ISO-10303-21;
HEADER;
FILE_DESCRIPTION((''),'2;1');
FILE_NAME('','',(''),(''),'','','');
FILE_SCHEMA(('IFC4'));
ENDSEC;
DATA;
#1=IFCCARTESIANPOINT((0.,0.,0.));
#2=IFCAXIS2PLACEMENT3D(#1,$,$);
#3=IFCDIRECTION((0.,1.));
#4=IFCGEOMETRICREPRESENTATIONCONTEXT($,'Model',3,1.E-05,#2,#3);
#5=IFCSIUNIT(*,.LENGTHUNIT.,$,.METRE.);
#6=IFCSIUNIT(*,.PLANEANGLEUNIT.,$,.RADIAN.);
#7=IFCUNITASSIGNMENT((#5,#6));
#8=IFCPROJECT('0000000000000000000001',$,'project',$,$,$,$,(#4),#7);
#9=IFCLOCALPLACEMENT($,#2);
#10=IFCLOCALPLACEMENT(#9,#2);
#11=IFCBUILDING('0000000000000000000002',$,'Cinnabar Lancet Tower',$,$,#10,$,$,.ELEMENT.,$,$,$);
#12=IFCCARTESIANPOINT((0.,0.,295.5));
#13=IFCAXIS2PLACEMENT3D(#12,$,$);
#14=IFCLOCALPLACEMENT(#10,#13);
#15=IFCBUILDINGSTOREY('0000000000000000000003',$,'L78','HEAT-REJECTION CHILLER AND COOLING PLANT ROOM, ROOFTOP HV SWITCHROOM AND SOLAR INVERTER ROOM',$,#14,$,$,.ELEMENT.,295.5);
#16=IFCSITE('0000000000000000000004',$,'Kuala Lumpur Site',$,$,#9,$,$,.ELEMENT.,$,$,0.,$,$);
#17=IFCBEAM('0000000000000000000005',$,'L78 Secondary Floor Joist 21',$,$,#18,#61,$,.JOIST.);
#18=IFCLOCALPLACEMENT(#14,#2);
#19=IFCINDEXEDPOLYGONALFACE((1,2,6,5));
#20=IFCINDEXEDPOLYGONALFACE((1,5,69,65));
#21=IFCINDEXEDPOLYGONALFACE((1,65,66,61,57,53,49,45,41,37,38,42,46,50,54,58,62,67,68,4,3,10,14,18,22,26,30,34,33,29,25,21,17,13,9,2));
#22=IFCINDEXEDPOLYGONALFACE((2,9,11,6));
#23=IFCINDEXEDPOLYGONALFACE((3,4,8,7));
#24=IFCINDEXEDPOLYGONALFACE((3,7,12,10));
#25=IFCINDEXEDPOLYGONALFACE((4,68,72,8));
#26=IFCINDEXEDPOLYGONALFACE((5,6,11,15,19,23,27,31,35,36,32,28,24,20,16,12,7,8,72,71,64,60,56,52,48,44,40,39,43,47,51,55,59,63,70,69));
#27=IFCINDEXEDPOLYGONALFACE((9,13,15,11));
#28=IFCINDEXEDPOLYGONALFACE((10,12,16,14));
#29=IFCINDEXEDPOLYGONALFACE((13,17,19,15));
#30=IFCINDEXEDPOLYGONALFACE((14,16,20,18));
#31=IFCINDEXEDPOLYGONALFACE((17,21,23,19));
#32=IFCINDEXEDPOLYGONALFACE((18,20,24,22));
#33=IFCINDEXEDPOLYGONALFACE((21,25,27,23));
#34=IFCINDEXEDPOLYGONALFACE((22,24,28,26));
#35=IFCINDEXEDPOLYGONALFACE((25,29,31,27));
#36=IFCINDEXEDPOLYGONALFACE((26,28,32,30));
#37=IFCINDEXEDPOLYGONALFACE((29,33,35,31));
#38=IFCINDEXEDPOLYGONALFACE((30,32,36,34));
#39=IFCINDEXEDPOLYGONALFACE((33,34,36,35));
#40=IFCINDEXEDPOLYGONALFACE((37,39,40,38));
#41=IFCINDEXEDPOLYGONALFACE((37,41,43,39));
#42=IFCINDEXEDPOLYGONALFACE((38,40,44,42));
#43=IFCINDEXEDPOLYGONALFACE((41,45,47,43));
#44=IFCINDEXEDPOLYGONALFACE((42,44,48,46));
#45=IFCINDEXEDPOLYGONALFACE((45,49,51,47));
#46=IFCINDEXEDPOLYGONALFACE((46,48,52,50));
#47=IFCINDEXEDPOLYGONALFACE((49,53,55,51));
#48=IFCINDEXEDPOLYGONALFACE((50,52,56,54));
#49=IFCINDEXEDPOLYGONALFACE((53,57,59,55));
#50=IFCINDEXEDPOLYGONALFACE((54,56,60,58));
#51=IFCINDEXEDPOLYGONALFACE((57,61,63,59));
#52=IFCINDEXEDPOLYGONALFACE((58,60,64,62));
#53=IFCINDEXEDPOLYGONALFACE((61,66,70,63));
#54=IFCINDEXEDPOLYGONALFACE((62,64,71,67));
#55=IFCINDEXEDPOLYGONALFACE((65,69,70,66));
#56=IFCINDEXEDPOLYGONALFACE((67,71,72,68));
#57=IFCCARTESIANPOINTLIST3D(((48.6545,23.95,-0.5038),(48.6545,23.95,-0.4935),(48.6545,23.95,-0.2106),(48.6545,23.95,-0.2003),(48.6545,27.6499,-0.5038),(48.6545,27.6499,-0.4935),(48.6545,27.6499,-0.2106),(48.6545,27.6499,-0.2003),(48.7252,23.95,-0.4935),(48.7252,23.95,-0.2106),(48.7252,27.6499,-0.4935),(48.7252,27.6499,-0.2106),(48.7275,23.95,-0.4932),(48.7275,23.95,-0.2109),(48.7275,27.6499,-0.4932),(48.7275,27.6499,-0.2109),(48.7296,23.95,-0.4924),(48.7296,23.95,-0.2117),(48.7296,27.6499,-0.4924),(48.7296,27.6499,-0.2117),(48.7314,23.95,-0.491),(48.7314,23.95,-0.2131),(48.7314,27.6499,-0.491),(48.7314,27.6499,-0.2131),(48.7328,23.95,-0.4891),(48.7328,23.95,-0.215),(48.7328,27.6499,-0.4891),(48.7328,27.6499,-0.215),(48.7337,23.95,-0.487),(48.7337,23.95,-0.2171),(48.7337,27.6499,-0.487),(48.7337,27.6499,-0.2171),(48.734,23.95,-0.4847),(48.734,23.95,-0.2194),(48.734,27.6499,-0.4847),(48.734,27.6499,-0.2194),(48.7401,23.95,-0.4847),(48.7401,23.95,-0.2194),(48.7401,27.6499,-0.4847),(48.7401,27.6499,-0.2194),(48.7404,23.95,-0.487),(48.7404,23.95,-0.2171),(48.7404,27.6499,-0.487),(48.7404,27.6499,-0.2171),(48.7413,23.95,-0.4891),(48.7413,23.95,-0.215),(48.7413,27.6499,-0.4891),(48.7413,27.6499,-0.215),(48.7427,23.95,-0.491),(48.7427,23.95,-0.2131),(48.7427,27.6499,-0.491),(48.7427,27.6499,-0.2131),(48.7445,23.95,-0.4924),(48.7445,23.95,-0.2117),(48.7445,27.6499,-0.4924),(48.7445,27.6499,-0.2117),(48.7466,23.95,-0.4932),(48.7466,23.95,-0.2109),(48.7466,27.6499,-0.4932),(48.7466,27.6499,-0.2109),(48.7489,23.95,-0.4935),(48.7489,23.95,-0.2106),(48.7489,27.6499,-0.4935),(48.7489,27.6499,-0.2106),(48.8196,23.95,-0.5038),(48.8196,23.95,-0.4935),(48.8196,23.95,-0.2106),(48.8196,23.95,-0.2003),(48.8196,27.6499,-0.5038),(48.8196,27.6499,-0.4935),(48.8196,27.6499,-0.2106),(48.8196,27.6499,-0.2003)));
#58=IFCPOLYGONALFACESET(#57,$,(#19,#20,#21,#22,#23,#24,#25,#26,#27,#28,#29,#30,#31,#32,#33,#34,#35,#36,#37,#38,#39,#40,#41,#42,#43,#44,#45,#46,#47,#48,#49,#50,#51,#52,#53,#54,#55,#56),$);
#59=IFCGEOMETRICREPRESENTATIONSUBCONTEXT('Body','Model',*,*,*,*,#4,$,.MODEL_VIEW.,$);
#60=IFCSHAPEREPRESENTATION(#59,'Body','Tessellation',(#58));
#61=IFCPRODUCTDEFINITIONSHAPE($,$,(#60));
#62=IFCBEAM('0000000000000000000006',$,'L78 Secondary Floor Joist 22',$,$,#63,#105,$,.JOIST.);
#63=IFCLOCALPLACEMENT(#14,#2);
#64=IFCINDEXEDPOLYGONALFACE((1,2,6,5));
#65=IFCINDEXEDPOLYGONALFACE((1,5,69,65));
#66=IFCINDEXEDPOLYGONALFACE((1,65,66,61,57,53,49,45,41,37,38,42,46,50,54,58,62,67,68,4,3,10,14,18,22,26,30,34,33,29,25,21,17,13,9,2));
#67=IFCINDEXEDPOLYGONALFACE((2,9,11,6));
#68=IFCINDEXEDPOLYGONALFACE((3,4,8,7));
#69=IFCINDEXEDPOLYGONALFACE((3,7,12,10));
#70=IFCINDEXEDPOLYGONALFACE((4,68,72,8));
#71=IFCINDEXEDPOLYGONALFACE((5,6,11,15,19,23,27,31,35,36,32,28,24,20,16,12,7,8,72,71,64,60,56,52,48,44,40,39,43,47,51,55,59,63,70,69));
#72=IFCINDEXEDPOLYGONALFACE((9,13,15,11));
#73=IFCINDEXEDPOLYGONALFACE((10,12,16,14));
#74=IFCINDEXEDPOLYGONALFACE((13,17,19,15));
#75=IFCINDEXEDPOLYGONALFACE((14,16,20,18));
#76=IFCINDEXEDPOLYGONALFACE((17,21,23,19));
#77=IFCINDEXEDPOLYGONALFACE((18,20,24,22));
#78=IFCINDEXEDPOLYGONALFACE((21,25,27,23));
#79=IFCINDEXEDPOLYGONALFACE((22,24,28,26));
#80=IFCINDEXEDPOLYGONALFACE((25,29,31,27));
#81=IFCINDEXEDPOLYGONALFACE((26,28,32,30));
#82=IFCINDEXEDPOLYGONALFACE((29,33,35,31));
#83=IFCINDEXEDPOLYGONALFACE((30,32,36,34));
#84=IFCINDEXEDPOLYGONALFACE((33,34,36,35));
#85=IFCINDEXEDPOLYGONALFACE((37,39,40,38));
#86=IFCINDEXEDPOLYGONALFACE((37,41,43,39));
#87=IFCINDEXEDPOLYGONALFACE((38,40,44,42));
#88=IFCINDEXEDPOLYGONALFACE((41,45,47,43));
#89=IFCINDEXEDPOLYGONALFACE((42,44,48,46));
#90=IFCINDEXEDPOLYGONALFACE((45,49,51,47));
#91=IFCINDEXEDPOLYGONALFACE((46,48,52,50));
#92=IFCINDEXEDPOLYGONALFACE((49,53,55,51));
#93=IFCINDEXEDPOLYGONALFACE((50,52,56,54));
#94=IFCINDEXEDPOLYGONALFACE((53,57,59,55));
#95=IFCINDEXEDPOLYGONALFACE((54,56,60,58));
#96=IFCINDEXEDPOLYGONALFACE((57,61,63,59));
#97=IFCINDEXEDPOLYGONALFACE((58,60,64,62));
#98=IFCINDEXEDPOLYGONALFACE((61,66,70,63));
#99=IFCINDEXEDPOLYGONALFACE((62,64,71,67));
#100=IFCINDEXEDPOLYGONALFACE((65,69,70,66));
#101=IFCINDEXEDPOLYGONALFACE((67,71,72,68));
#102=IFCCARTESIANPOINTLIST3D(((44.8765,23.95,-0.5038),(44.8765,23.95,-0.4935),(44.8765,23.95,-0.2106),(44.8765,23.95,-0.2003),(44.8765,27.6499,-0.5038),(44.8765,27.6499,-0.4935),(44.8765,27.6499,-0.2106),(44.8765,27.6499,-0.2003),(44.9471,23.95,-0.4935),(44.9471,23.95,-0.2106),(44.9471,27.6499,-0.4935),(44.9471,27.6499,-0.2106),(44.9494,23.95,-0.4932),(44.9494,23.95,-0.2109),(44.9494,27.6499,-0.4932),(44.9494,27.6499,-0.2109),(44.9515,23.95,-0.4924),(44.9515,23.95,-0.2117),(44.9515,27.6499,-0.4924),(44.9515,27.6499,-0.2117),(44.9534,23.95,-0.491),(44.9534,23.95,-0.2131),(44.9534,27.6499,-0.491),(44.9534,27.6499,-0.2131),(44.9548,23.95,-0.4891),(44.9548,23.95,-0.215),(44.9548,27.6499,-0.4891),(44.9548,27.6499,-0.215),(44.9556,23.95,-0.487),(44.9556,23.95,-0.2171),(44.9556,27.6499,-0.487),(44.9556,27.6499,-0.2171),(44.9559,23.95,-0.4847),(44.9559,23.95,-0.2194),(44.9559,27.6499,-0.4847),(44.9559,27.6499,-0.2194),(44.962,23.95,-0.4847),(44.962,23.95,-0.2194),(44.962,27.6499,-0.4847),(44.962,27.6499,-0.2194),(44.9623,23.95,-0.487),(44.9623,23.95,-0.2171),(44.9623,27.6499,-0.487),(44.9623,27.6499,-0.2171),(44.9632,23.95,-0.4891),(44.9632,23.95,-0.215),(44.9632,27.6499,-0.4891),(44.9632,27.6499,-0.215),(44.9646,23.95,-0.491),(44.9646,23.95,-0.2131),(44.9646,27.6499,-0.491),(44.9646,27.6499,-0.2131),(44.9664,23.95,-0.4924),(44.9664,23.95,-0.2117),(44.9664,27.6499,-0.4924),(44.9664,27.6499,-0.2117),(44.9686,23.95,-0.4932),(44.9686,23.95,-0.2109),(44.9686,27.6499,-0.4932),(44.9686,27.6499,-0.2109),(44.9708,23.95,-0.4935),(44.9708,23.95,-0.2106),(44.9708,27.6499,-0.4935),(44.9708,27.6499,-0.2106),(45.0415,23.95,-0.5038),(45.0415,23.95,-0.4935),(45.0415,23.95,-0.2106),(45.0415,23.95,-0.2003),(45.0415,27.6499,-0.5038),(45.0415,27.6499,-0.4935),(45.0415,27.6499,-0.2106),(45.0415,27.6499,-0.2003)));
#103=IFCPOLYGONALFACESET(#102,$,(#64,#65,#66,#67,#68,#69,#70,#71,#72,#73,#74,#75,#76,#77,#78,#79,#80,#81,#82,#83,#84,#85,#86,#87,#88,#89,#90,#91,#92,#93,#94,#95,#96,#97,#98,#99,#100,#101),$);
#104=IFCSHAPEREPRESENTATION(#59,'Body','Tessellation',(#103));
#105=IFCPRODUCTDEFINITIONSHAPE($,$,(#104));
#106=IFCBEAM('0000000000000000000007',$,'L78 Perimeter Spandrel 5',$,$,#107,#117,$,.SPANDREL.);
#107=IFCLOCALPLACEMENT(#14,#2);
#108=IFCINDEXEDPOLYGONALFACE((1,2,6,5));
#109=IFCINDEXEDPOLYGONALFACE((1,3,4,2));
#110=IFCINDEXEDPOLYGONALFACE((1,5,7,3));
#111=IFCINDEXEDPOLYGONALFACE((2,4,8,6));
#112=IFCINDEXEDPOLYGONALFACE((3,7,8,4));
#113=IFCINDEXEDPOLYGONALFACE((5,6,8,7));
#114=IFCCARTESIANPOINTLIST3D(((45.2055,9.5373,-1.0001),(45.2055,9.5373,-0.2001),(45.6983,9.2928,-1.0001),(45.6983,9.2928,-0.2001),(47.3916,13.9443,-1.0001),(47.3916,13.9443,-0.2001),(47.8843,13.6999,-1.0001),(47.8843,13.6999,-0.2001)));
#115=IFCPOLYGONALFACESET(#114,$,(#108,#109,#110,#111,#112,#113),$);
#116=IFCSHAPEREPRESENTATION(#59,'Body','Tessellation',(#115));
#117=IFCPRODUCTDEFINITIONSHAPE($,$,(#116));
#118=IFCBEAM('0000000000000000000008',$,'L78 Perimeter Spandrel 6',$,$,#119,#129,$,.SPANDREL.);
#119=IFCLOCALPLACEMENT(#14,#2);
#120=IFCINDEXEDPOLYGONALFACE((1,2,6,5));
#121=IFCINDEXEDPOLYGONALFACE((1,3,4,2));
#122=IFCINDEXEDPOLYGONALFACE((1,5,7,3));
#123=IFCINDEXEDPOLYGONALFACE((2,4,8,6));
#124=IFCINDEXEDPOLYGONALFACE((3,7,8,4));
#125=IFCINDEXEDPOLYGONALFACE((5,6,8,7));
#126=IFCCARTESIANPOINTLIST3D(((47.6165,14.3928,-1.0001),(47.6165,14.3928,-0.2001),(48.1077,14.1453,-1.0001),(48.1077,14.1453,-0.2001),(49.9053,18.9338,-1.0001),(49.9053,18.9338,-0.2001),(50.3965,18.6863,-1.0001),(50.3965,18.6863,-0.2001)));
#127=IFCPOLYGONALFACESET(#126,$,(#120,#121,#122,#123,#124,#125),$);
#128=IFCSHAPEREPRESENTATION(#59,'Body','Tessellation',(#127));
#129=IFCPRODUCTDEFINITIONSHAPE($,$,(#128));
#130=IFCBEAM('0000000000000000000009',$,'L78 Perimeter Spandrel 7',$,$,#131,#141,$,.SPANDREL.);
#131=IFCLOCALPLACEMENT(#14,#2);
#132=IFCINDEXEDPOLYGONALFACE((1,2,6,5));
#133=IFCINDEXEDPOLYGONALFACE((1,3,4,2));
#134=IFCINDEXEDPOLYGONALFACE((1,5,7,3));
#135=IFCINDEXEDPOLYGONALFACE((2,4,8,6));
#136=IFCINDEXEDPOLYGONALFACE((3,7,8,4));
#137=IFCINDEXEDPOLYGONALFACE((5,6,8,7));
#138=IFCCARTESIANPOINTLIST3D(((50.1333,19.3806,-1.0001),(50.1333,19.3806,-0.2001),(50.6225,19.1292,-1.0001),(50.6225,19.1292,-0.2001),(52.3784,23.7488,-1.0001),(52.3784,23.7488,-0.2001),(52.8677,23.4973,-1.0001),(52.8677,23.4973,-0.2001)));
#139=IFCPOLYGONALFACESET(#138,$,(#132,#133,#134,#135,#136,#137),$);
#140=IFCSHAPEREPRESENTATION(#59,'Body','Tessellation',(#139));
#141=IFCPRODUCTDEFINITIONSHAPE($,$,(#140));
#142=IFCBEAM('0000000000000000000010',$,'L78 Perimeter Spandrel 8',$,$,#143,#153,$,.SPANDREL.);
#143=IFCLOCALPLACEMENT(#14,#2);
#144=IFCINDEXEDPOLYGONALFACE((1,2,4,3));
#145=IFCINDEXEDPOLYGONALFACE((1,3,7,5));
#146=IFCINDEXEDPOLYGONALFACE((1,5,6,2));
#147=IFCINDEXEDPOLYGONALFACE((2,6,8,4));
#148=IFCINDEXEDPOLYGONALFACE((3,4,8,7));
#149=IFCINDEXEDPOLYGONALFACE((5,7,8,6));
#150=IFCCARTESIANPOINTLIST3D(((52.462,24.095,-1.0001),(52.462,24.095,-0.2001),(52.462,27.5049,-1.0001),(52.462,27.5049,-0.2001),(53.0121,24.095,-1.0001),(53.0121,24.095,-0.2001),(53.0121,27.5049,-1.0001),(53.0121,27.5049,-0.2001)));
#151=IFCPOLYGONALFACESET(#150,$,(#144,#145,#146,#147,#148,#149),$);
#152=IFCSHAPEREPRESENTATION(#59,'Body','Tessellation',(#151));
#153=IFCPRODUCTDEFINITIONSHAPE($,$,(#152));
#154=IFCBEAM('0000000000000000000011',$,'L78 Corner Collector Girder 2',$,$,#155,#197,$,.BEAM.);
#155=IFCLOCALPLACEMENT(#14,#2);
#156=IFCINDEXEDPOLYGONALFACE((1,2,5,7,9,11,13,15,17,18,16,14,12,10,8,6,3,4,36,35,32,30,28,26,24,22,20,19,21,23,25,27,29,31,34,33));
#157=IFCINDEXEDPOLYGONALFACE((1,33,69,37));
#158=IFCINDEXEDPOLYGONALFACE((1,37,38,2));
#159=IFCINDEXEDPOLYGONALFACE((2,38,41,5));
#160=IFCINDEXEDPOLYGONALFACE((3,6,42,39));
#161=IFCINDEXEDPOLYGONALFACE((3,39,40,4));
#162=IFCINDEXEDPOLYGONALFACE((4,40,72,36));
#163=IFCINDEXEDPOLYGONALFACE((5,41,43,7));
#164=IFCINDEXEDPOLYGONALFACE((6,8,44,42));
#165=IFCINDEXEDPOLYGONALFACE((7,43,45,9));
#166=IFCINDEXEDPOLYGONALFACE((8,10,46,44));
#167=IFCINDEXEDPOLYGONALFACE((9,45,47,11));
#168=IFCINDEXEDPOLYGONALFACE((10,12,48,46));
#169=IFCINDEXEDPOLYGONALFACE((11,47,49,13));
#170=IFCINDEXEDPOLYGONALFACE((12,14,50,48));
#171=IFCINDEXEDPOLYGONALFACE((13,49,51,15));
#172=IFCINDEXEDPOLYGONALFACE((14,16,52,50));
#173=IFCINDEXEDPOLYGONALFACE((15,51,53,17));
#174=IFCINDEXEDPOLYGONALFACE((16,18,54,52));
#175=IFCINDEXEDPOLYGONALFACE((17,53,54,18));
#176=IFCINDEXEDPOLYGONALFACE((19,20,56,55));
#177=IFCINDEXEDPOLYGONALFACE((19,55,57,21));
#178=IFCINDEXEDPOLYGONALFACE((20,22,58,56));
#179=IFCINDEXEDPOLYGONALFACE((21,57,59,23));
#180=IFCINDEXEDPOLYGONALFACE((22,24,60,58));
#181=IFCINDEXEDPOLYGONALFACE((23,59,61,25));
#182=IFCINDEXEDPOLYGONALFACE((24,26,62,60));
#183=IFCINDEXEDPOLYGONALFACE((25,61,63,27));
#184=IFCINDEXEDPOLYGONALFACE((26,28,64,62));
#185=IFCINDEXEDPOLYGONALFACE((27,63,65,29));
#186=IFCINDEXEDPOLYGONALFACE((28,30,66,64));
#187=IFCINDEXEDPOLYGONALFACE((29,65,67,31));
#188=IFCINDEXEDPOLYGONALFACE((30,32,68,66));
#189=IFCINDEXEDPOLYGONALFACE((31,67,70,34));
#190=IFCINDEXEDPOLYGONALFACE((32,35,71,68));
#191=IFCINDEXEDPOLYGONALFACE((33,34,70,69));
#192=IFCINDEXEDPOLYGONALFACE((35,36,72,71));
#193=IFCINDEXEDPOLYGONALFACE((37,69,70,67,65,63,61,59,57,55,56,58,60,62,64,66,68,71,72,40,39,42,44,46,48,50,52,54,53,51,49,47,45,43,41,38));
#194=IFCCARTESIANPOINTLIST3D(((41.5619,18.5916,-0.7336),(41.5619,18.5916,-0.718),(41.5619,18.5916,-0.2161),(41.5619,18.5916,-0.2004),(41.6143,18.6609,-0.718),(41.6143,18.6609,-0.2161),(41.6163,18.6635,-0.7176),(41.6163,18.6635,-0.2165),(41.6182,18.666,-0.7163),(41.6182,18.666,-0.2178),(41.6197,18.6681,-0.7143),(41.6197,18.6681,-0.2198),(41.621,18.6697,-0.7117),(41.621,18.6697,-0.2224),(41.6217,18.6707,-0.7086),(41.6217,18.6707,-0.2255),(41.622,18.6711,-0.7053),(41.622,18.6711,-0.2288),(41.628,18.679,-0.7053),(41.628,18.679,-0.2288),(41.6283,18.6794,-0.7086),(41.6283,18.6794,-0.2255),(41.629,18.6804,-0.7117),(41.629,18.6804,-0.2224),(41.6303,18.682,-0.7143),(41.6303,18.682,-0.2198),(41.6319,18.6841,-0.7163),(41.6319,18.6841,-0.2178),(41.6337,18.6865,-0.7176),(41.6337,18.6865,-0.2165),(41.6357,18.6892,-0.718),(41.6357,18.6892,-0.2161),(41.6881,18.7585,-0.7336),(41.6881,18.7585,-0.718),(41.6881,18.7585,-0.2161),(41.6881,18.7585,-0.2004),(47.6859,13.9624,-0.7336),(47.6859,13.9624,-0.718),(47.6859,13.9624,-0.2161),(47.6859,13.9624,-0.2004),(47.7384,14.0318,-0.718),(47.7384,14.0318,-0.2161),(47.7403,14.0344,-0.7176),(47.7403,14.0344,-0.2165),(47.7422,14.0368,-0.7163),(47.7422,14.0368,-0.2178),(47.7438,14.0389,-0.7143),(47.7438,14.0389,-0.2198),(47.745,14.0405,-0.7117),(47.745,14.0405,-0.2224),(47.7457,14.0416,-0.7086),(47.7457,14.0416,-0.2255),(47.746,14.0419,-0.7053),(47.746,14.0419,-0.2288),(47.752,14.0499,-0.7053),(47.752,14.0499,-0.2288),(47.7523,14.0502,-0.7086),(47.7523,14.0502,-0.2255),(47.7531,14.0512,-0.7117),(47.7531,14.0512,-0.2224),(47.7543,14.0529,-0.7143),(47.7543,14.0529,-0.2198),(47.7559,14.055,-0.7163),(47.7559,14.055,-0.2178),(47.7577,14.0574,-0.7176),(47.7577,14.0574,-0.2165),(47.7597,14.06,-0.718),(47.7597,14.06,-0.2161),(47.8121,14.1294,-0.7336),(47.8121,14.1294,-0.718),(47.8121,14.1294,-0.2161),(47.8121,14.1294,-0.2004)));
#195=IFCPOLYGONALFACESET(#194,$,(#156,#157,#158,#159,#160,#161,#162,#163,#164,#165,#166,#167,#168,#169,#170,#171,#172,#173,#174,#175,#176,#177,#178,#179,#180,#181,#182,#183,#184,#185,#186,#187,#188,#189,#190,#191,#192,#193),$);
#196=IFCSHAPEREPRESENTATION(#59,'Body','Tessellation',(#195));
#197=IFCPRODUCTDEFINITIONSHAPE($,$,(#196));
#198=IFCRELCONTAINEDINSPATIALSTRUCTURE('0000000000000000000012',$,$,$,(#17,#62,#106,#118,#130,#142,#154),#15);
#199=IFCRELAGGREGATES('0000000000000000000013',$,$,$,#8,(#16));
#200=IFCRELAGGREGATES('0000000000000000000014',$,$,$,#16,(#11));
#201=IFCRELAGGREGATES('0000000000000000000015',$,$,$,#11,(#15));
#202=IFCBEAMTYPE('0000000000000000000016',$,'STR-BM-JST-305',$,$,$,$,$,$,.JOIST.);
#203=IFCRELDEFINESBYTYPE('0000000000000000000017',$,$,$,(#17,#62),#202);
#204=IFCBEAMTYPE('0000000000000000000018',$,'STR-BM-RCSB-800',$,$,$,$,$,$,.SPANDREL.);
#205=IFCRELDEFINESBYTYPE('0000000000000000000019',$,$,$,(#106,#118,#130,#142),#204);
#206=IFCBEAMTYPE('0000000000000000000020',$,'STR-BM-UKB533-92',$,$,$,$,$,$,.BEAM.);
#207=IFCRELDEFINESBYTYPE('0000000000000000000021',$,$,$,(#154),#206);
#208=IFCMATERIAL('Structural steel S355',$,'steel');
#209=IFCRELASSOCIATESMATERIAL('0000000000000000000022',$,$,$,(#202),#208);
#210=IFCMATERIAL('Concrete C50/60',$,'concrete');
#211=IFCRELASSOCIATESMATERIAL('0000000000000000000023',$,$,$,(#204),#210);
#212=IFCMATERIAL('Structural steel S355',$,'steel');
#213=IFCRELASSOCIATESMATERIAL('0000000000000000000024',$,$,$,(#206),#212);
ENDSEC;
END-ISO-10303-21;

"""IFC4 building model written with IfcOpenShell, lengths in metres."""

from ifc_helpers import new_model, si_unit, direction, frame, origin, origin_2d, place, context, subcontext, project, spatial, rectangle, i_section, extrude, material, material_profile, profile_set, type_object, element, save


model = new_model("IFC4")

# Units and contexts
model_context = context("Model", 3, precision=1e-05, world=origin(), true_north=direction((0.0, 1.0)))
body_context = subcontext(model_context, "Body", "Model", "MODEL_VIEW")
ifc_project = project(units=[si_unit("LENGTHUNIT", "METRE"), si_unit("PLANEANGLEUNIT", "RADIAN")], contexts=[model_context])

# Site, building, storey
site_placement = place(None, origin())
site = spatial("IfcSite", under=ifc_project, at=site_placement, Name="Kuala Lumpur Site", CompositionType="ELEMENT", RefElevation=0.0)
building_placement = place(site_placement, origin())
building = spatial("IfcBuilding", under=site, at=building_placement, Name="Cinnabar Lancet Tower", CompositionType="ELEMENT")
storey_placement = place(building_placement, frame((0.0, 0.0, 295.5)))
storey = spatial("IfcBuildingStorey", under=building, at=storey_placement, Name="L78", Description="HEAT-REJECTION CHILLER AND COOLING PLANT ROOM, ROOFTOP HV SWITCHROOM AND SOLAR INVERTER ROOM", CompositionType="ELEMENT", Elevation=295.5)

# Beams
ifc_material_1 = material(Name="Structural steel S355", Category="steel")
ifc_material_profile_1 = material_profile(ifc_material_1, i_section(OverallWidth=0.165, OverallDepth=0.3035, WebThickness=0.0061, FlangeThickness=0.0103, FilletRadius=0.0088, at=origin_2d()), Name="UKB 305x165x40")
ifc_profile_set_1 = profile_set([ifc_material_profile_1], Name="Structural steel S355")
beam_type_1 = type_object("IfcBeamType", Name="STR-BM-JST-305", PredefinedType="JOIST", material=ifc_profile_set_1)
for number, where, z_axis, x_axis, name in (
    (1, (48.7371, 23.95, -0.3521), (0.0, 1.0, 0.0), (-1.0, 0.0, 0.0), "L78 Secondary Floor Joist 21"),
    (2, (44.959, 23.95, -0.3521), (0.0, 1.0, 0.0), (-1.0, 0.0, 0.0), "L78 Secondary Floor Joist 22"),
):
    element("IfcBeam", number, at=place(storey_placement, frame(where, z_axis=z_axis, x_axis=x_axis)), inside=storey, type_object=beam_type_1, Name=name, PredefinedType="JOIST", context=body_context, shape_type="SweptSolid", body=[
        extrude(i_section(OverallWidth=0.165, OverallDepth=0.3035, WebThickness=0.0061, FlangeThickness=0.0103, FilletRadius=0.0088, at=origin_2d()), origin(), (0.0, 0.0, 1.0), 3.7),
    ])
ifc_material_2 = material(Name="Concrete C50/60", Category="concrete")
ifc_material_profile_2 = material_profile(ifc_material_2, rectangle(XDim=0.55, YDim=0.8, at=origin_2d()), Name="RC-SB 550x800")
ifc_profile_set_2 = profile_set([ifc_material_profile_2], Name="Concrete C50/60")
beam_type_2 = type_object("IfcBeamType", Name="STR-BM-RCSB-800", PredefinedType="SPANDREL", material=ifc_profile_set_2)
beam_1_placement = place(storey_placement, frame((45.4519, 9.415, -0.6001), z_axis=(0.444373, 0.895842, 0.0), x_axis=(-0.895842, 0.444373, 0.0)))
element("IfcBeam", 3, at=beam_1_placement, inside=storey, type_object=beam_type_2, Name="L78 Perimeter Spandrel 5", PredefinedType="SPANDREL", context=body_context, shape_type="SweptSolid", body=[
    extrude(rectangle(XDim=0.55, YDim=0.8, at=origin_2d()), origin(), (0.0, 0.0, 1.0), 4.9194),
])
beam_2_placement = place(storey_placement, frame((47.8621, 14.269, -0.6001), z_axis=(0.450092, 0.892982, 0.0), x_axis=(-0.892982, 0.450092, 0.0)))
element("IfcBeam", 4, at=beam_2_placement, inside=storey, type_object=beam_type_2, Name="L78 Perimeter Spandrel 6", PredefinedType="SPANDREL", context=body_context, shape_type="SweptSolid", body=[
    extrude(rectangle(XDim=0.55, YDim=0.8, at=origin_2d()), origin(), (0.0, 0.0, 1.0), 5.0852),
])
beam_3_placement = place(storey_placement, frame((50.3779, 19.2549, -0.6001), z_axis=(0.457128, 0.889401, 0.0), x_axis=(-0.889401, 0.457128, 0.0)))
element("IfcBeam", 5, at=beam_3_placement, inside=storey, type_object=beam_type_2, Name="L78 Perimeter Spandrel 7", PredefinedType="SPANDREL", context=body_context, shape_type="SweptSolid", body=[
    extrude(rectangle(XDim=0.55, YDim=0.8, at=origin_2d()), origin(), (0.0, 0.0, 1.0), 4.9114),
])
beam_4_placement = place(storey_placement, frame((52.7371, 24.095, -0.6001), z_axis=(0.0, 1.0, 0.0), x_axis=(-1.0, 0.0, 0.0)))
element("IfcBeam", 6, at=beam_4_placement, inside=storey, type_object=beam_type_2, Name="L78 Perimeter Spandrel 8", PredefinedType="SPANDREL", context=body_context, shape_type="SweptSolid", body=[
    extrude(rectangle(XDim=0.55, YDim=0.8, at=origin_2d()), origin(), (0.0, 0.0, 1.0), 3.4099),
])
ifc_material_3 = material(Name="Structural steel S355", Category="steel")
ifc_material_profile_3 = material_profile(ifc_material_3, i_section(OverallWidth=0.2092, OverallDepth=0.5332, WebThickness=0.01, FlangeThickness=0.0156, FilletRadius=0.0127, at=origin_2d()), Name="UKB 533x210x92")
ifc_profile_set_3 = profile_set([ifc_material_profile_3], Name="Structural steel S355")
beam_type_3 = type_object("IfcBeamType", Name="STR-BM-UKB533-92", PredefinedType="BEAM", material=ifc_profile_set_3)
beam_5_placement = place(storey_placement, frame((47.749, 14.0459, -0.467), z_axis=(-0.797735, 0.603008, 0.0), x_axis=(-0.603008, -0.797735, 0.0)))
element("IfcBeam", 7, at=beam_5_placement, inside=storey, type_object=beam_type_3, Name="L78 Corner Collector Girder 2", PredefinedType="BEAM", context=body_context, shape_type="SweptSolid", body=[
    extrude(i_section(OverallWidth=0.2092, OverallDepth=0.5332, WebThickness=0.01, FlangeThickness=0.0156, FilletRadius=0.0127, at=origin_2d()), origin(), (0.0, 0.0, 1.0), 7.6768),
])

save(model, "model.ifc")
